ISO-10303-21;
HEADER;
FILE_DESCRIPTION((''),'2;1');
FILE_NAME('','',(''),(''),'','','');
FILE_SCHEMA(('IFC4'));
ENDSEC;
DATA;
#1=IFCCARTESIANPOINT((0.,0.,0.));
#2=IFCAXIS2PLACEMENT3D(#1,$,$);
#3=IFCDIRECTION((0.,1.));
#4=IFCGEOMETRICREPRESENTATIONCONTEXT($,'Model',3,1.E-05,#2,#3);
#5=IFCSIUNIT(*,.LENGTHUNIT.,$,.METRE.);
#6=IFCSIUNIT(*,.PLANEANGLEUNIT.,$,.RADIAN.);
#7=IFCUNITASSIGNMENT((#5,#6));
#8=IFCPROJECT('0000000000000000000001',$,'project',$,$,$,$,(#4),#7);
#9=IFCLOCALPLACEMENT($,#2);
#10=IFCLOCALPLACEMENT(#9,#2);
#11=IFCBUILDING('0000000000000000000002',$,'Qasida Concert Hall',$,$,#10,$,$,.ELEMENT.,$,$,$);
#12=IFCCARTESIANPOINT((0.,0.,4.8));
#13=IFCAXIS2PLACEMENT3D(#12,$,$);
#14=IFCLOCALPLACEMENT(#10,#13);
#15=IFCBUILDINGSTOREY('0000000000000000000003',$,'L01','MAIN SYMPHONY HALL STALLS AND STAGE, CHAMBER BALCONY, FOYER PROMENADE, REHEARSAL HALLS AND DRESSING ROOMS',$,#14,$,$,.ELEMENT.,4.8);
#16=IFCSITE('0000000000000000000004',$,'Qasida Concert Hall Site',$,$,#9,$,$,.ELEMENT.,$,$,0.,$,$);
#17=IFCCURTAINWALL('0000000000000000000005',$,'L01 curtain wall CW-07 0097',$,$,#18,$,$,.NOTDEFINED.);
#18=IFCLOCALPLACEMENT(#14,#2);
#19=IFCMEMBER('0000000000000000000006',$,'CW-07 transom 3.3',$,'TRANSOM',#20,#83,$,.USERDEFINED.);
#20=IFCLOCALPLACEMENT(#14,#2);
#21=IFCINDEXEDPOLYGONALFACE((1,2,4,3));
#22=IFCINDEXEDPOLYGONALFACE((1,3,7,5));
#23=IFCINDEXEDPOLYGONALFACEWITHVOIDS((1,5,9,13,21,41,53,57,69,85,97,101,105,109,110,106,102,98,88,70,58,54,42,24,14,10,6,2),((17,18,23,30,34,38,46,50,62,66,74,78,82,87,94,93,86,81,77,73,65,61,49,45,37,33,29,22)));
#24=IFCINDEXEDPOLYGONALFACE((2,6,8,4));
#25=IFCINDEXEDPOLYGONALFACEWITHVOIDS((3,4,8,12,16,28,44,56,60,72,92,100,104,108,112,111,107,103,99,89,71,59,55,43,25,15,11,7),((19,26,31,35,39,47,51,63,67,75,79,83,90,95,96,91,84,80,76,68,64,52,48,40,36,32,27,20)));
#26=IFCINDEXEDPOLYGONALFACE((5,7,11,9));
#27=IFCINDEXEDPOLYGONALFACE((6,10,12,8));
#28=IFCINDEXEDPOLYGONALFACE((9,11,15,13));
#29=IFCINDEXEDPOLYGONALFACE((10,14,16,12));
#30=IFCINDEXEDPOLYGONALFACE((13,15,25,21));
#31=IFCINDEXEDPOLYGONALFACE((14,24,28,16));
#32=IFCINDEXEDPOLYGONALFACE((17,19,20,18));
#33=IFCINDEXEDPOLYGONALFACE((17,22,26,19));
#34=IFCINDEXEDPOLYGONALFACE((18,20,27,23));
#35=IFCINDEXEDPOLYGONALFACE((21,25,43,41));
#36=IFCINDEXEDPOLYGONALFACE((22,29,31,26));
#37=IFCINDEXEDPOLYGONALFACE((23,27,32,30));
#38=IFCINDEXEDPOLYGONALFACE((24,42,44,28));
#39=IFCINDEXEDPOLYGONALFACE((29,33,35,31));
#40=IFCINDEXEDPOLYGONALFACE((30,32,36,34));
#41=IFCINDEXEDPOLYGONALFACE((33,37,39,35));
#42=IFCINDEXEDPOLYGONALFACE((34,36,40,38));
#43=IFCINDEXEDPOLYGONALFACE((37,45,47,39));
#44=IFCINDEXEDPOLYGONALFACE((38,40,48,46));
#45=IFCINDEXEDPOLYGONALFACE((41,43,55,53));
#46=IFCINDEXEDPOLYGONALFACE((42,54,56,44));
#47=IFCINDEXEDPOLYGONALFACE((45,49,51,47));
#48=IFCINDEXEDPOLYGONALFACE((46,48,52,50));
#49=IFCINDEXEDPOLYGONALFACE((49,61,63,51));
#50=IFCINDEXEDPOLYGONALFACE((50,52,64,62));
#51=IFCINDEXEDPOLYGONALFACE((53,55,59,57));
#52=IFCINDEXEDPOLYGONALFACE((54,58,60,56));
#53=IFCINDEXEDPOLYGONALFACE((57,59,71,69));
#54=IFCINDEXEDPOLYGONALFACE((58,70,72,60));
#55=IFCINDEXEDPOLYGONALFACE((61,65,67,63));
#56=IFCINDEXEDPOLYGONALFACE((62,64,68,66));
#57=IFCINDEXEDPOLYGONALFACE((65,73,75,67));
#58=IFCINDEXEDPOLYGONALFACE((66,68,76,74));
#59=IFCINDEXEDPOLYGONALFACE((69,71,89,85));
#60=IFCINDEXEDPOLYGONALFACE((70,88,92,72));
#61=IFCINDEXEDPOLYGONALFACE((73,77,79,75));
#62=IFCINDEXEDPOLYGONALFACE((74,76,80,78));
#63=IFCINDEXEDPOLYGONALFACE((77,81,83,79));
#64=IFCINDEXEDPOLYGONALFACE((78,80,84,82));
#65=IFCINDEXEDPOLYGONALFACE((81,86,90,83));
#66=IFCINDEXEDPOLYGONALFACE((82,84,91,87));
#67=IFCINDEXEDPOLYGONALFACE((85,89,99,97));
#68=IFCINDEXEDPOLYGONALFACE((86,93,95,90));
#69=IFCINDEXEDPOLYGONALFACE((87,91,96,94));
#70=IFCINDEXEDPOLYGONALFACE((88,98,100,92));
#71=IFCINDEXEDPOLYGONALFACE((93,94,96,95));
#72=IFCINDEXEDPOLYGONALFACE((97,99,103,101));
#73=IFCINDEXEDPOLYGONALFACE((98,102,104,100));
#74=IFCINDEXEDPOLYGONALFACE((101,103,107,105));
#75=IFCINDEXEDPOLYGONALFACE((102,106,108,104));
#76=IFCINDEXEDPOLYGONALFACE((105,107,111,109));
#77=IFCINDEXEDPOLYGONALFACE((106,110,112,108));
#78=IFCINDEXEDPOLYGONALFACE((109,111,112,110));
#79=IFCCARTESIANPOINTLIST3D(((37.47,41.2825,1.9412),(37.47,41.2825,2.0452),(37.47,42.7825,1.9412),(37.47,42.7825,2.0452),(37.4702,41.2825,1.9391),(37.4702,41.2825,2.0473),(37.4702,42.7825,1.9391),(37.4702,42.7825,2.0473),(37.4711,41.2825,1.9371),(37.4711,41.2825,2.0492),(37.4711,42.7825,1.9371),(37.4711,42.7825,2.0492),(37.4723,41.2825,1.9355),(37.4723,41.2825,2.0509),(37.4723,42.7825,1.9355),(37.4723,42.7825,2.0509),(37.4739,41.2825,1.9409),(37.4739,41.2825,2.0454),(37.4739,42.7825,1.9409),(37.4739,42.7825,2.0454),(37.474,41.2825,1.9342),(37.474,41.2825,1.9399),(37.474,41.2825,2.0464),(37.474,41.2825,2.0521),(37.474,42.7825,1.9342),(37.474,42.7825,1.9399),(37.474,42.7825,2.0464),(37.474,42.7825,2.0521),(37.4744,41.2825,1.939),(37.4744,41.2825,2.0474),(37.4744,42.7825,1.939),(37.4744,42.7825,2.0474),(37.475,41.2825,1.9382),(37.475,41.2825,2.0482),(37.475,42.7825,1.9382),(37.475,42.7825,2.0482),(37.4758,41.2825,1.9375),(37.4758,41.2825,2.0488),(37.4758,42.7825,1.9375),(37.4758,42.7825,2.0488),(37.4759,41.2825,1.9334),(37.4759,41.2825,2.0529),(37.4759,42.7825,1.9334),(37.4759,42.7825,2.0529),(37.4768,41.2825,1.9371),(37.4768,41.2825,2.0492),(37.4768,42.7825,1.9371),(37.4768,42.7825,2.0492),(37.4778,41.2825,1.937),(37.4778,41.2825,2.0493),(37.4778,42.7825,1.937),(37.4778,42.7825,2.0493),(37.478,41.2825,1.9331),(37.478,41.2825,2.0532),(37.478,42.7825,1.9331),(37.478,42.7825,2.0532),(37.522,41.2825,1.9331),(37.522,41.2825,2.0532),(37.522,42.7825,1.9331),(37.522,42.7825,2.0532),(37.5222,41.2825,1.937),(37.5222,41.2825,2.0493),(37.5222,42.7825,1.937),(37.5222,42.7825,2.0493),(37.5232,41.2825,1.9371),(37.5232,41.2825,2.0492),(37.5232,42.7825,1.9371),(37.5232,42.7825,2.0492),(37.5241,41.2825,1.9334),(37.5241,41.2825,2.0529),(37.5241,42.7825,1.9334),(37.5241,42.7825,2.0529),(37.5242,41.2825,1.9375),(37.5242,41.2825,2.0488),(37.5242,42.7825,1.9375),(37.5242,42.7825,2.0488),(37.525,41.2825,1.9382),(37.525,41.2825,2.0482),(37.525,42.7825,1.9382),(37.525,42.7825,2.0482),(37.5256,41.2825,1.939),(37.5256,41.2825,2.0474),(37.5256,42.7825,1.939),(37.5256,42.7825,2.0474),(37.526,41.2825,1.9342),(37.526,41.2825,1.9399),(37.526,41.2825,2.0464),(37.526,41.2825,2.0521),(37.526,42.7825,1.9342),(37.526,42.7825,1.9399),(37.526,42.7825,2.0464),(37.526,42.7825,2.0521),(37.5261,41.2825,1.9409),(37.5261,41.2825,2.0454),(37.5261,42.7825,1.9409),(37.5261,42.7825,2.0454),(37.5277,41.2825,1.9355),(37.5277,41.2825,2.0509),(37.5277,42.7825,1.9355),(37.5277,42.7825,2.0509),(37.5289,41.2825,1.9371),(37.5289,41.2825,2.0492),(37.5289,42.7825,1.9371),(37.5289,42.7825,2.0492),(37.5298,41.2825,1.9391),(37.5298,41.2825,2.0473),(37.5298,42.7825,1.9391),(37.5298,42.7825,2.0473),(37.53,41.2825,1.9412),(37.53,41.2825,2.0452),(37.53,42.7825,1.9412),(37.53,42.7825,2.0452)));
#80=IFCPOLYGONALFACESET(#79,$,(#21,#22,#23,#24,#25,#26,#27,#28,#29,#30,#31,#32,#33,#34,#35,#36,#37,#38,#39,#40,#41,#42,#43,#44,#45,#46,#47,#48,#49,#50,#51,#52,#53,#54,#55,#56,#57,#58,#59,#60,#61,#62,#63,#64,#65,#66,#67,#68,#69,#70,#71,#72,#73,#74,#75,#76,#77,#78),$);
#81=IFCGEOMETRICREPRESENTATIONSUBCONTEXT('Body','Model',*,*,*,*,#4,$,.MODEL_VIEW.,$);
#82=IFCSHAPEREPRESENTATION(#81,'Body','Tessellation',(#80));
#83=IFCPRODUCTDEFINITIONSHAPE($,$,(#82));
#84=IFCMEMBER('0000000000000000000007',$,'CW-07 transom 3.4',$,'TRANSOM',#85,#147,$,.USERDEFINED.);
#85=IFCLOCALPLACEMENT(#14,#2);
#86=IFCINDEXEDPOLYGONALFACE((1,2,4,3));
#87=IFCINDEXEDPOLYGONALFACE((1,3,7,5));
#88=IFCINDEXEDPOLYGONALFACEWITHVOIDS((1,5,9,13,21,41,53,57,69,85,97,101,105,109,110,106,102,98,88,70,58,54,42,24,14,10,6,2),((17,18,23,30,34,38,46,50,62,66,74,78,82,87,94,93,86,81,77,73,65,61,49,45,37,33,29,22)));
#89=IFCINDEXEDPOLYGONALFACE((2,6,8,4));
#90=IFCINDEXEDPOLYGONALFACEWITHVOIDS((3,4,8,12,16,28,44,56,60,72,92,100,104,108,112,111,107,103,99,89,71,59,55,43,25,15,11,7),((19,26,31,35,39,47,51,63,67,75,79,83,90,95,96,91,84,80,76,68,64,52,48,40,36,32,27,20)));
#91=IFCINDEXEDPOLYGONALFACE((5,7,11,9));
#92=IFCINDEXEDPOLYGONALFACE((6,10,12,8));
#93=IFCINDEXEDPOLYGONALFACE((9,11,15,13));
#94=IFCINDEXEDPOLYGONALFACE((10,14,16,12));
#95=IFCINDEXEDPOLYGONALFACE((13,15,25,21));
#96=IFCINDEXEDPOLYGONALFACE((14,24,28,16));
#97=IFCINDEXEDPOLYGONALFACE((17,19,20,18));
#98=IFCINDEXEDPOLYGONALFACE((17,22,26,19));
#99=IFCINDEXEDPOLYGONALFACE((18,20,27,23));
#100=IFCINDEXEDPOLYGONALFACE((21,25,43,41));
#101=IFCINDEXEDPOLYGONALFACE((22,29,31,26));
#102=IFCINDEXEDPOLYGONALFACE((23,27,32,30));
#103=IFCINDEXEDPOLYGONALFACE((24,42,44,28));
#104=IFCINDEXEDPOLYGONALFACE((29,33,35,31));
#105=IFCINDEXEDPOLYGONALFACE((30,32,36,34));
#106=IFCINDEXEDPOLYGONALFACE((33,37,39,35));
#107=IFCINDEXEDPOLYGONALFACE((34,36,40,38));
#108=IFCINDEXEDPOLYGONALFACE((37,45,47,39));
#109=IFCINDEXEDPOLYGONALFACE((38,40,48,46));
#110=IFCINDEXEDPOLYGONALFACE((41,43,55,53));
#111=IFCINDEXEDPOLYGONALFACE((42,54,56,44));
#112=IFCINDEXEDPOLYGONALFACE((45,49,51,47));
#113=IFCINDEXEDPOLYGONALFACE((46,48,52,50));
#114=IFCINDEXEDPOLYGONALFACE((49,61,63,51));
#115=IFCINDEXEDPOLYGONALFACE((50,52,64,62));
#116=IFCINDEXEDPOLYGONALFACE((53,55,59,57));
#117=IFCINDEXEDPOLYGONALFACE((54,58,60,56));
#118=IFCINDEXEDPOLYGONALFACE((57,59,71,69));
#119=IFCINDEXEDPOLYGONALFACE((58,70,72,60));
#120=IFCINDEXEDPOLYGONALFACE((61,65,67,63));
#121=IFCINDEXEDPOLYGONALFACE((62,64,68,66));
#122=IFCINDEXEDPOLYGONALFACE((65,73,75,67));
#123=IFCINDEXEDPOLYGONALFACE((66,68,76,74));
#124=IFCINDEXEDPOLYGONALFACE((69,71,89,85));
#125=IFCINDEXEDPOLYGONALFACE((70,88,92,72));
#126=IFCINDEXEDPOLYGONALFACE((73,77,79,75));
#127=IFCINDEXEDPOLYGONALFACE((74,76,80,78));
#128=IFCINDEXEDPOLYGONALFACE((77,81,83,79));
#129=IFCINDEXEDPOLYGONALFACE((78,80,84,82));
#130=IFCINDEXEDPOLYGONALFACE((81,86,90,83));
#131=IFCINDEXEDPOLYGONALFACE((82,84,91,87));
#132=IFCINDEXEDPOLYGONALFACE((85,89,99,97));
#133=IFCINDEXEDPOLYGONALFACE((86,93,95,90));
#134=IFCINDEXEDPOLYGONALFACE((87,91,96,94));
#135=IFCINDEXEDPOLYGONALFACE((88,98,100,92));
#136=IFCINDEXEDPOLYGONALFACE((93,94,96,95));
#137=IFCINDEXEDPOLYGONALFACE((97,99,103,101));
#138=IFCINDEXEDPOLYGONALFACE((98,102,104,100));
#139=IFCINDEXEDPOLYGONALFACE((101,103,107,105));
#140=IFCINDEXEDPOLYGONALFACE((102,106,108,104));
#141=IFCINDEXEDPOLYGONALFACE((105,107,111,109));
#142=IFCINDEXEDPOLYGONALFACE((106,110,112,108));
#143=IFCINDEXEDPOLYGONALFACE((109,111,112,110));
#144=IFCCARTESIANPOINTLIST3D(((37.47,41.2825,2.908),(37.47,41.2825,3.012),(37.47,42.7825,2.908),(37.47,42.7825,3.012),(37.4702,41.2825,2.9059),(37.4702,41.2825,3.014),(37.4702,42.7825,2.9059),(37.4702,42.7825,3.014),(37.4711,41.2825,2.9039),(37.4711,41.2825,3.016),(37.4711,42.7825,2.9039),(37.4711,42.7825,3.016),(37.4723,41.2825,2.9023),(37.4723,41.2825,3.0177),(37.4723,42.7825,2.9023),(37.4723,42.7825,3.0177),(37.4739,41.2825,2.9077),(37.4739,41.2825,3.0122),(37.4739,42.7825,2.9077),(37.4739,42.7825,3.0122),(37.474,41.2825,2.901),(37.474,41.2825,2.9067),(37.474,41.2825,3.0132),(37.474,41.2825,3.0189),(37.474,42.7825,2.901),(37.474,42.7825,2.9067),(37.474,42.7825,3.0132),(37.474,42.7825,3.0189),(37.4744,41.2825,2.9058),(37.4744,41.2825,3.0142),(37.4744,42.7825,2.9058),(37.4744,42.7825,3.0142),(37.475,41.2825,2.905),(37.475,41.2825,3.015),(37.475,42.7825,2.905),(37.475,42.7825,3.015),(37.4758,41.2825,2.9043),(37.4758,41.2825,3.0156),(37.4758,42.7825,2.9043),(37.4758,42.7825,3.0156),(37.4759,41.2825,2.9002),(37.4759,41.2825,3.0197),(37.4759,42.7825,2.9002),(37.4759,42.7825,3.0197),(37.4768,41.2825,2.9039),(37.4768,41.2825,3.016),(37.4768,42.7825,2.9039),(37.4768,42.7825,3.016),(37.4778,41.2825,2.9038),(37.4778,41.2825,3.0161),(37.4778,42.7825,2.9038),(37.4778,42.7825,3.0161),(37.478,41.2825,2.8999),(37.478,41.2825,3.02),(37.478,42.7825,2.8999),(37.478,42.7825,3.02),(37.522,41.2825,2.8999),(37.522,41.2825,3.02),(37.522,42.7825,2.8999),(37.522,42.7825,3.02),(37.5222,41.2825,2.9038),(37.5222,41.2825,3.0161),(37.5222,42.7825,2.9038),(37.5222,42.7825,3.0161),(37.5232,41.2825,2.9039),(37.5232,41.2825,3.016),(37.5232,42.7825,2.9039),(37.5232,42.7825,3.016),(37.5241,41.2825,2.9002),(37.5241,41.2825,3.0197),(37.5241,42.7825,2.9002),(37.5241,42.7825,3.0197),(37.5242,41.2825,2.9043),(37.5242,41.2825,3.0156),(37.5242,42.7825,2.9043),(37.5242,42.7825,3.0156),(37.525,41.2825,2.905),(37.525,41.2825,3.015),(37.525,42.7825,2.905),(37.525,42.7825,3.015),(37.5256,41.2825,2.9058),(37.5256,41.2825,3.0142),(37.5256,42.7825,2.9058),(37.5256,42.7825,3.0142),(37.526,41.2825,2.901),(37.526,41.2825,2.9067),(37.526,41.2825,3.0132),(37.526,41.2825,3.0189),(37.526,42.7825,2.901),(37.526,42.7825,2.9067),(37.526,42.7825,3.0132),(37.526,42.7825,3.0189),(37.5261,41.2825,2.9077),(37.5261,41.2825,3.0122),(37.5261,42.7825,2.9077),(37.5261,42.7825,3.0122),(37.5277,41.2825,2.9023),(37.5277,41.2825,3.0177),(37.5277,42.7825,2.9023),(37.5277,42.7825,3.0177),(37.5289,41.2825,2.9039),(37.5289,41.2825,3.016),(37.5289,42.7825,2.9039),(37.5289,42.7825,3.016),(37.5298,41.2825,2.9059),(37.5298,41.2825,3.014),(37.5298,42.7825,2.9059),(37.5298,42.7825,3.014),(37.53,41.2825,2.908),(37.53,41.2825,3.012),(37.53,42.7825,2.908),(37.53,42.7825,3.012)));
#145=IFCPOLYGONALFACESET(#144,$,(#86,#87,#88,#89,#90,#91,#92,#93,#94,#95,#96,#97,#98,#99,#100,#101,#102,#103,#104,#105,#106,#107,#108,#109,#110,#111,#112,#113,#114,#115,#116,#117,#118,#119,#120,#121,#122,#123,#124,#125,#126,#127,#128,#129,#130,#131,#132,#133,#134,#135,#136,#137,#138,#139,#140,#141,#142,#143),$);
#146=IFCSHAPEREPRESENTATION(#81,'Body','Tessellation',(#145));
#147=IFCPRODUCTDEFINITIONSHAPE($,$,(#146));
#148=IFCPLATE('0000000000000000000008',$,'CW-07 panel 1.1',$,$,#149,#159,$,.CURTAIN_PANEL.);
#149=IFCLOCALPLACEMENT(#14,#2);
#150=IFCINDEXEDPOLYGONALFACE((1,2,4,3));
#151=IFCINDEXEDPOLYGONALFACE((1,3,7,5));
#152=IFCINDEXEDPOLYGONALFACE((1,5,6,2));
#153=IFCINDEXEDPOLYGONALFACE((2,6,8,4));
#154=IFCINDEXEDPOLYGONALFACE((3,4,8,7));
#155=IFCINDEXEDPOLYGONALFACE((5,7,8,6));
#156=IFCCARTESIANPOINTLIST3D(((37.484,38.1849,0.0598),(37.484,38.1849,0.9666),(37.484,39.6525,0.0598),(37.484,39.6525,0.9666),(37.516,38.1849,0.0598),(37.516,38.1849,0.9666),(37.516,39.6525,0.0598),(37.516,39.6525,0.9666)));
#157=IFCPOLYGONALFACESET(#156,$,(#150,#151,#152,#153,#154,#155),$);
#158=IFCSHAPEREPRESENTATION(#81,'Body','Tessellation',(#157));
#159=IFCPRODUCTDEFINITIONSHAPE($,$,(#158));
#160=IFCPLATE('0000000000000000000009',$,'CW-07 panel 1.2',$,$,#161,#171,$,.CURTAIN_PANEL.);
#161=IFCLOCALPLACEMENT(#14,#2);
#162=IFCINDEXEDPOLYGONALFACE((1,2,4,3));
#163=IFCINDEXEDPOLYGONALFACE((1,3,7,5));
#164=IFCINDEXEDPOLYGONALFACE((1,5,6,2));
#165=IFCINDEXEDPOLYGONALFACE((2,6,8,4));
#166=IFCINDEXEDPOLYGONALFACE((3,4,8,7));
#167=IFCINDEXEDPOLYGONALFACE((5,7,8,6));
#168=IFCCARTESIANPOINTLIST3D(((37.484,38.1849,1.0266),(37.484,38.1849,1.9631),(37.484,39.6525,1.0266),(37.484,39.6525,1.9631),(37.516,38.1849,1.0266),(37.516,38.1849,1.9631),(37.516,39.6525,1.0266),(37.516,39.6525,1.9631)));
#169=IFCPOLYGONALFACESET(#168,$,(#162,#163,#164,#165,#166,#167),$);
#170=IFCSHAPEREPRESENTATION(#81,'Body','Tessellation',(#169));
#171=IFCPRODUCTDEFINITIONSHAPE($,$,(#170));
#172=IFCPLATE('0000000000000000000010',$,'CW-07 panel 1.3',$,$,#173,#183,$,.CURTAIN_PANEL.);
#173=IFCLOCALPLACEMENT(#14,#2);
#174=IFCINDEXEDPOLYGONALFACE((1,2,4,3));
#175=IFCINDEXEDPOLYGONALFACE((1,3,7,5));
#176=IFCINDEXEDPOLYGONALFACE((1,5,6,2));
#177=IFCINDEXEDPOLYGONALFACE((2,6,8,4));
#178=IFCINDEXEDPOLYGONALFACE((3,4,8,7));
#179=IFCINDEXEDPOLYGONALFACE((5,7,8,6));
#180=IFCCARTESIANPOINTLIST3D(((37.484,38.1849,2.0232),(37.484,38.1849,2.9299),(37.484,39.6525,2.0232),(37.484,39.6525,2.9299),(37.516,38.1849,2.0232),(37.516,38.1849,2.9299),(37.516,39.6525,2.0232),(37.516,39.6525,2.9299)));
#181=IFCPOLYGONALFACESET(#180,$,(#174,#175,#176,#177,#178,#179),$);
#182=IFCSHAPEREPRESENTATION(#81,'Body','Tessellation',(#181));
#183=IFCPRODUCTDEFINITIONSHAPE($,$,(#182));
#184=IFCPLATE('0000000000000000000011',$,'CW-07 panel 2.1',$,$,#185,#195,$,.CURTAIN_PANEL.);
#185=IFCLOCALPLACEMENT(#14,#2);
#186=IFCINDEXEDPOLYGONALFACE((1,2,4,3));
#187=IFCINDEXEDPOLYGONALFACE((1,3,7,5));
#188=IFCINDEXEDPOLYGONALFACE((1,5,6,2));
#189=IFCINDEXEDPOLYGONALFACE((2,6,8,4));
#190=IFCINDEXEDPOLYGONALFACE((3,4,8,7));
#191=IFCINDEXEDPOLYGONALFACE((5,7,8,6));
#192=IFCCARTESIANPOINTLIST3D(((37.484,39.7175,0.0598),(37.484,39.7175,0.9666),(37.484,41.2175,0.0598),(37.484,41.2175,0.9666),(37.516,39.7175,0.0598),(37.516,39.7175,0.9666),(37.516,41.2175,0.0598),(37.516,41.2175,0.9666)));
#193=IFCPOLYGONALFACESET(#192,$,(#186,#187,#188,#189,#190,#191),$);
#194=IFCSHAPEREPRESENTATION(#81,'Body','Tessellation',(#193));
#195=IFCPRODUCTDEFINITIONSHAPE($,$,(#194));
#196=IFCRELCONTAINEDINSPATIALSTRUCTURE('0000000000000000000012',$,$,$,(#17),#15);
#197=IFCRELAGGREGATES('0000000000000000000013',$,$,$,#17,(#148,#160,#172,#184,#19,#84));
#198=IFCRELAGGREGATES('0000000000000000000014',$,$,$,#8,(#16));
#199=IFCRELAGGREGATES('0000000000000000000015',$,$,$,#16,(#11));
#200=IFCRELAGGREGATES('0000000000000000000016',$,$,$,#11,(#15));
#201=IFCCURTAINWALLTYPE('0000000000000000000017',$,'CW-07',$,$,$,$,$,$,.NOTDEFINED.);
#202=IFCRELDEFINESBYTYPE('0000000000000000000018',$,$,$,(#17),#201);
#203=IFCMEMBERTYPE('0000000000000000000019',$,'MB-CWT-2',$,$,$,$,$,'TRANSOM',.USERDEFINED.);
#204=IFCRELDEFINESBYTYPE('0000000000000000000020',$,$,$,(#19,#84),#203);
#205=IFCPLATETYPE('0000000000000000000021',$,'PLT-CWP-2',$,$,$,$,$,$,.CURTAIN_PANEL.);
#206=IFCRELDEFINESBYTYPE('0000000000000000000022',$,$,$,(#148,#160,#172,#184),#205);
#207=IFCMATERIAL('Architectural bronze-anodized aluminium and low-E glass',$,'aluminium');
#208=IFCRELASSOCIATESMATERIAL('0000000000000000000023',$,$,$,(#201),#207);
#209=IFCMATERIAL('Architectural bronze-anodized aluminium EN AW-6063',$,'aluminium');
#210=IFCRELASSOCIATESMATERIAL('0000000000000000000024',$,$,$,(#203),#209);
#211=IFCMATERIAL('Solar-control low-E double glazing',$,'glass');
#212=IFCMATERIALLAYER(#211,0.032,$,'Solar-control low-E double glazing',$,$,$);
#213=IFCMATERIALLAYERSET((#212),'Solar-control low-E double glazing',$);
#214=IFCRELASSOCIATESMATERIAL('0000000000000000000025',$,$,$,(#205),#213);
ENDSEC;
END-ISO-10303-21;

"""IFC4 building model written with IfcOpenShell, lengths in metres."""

from ifc_helpers import new_model, si_unit, direction, frame, origin, origin_2d, place, context, subcontext, project, spatial, rectangle, hollow_rectangle, extrude, material, layer, layer_set, material_profile, profile_set, type_object, element, aggregate, save


model = new_model("IFC4")

# Units and contexts
model_context = context("Model", 3, precision=1e-05, world=origin(), true_north=direction((0.0, 1.0)))
body_context = subcontext(model_context, "Body", "Model", "MODEL_VIEW")
ifc_project = project(units=[si_unit("LENGTHUNIT", "METRE"), si_unit("PLANEANGLEUNIT", "RADIAN")], contexts=[model_context])

# Site, building, storey
site_placement = place(None, origin())
site = spatial("IfcSite", under=ifc_project, at=site_placement, Name="Qasida Concert Hall Site", CompositionType="ELEMENT", RefElevation=0.0)
building_placement = place(site_placement, origin())
building = spatial("IfcBuilding", under=site, at=building_placement, Name="Qasida Concert Hall", CompositionType="ELEMENT")
storey_placement = place(building_placement, frame((0.0, 0.0, 4.8)))
storey = spatial("IfcBuildingStorey", under=building, at=storey_placement, Name="L01", Description="MAIN SYMPHONY HALL STALLS AND STAGE, CHAMBER BALCONY, FOYER PROMENADE, REHEARSAL HALLS AND DRESSING ROOMS", CompositionType="ELEMENT", Elevation=4.8)

# Curtain wall, members, plates
ifc_material_1 = material(Name="Architectural bronze-anodized aluminium and low-E glass", Category="aluminium")
curtain_wall_type = type_object("IfcCurtainWallType", Name="CW-07", PredefinedType="NOTDEFINED", material=ifc_material_1)
curtain_wall_placement = place(storey_placement, origin())
curtain_wall = element("IfcCurtainWall", 1, at=curtain_wall_placement, inside=storey, type_object=curtain_wall_type, Name="L01 curtain wall CW-07 0097", PredefinedType="NOTDEFINED")
ifc_material_2 = material(Name="Architectural bronze-anodized aluminium EN AW-6063", Category="aluminium")
ifc_material_profile_1 = material_profile(ifc_material_2, hollow_rectangle(XDim=0.0601, YDim=0.1201, WallThickness=0.0039, InnerFilletRadius=0.0039, OuterFilletRadius=0.0081, at=origin_2d()), Name="CWT 120x60x4")
ifc_profile_set_1 = profile_set([ifc_material_profile_1], Name="Architectural bronze-anodized aluminium EN AW-6063")
member_type_1 = type_object("IfcMemberType", Name="MB-CWT-2", ElementType="TRANSOM", PredefinedType="USERDEFINED", material=ifc_profile_set_1)
member_1_placement = place(storey_placement, frame((37.5, 41.2825, 1.9932), z_axis=(0.0, 1.0, 0.0), x_axis=(-1.0, 0.0, 0.0)))
member_1 = element("IfcMember", 2, at=member_1_placement, type_object=member_type_1, Name="CW-07 transom 3.3", ObjectType="TRANSOM", PredefinedType="USERDEFINED", context=body_context, shape_type="SweptSolid", body=[
    extrude(hollow_rectangle(XDim=0.0601, YDim=0.1201, WallThickness=0.0039, InnerFilletRadius=0.0039, OuterFilletRadius=0.0081, at=origin_2d()), origin(), (0.0, 0.0, 1.0), 1.5),
])
member_2_placement = place(storey_placement, frame((37.5, 41.2825, 2.96), z_axis=(0.0, 1.0, 0.0), x_axis=(-1.0, 0.0, 0.0)))
member_2 = element("IfcMember", 3, at=member_2_placement, type_object=member_type_1, Name="CW-07 transom 3.4", ObjectType="TRANSOM", PredefinedType="USERDEFINED", context=body_context, shape_type="SweptSolid", body=[
    extrude(hollow_rectangle(XDim=0.0601, YDim=0.1201, WallThickness=0.0039, InnerFilletRadius=0.0039, OuterFilletRadius=0.0081, at=origin_2d()), origin(), (0.0, 0.0, 1.0), 1.5),
])
ifc_material_3 = material(Name="Solar-control low-E double glazing", Category="glass")
ifc_layer = layer(ifc_material_3, 0.032, Name="Solar-control low-E double glazing")
ifc_layer_set = layer_set([ifc_layer], Name="Solar-control low-E double glazing")
plate_type = type_object("IfcPlateType", Name="PLT-CWP-2", PredefinedType="CURTAIN_PANEL", material=ifc_layer_set)
plate_1_placement = place(storey_placement, frame((37.5, 38.9187, 0.0598), z_axis=(0.0, 0.0, 1.0), x_axis=(0.0, 1.0, 0.0)))
plate_1 = element("IfcPlate", 4, at=plate_1_placement, type_object=plate_type, Name="CW-07 panel 1.1", PredefinedType="CURTAIN_PANEL", context=body_context, shape_type="SweptSolid", body=[
    extrude(rectangle(XDim=1.4675, YDim=0.032, at=origin_2d()), origin(), (0.0, 0.0, 1.0), 0.9067),
])
plate_2_placement = place(storey_placement, frame((37.5, 38.9187, 1.0266), z_axis=(0.0, 0.0, 1.0), x_axis=(0.0, 1.0, 0.0)))
plate_2 = element("IfcPlate", 5, at=plate_2_placement, type_object=plate_type, Name="CW-07 panel 1.2", PredefinedType="CURTAIN_PANEL", context=body_context, shape_type="SweptSolid", body=[
    extrude(rectangle(XDim=1.4675, YDim=0.032, at=origin_2d()), origin(), (0.0, 0.0, 1.0), 0.9365),
])
plate_3_placement = place(storey_placement, frame((37.5, 38.9187, 2.0232), z_axis=(0.0, 0.0, 1.0), x_axis=(0.0, 1.0, 0.0)))
plate_3 = element("IfcPlate", 6, at=plate_3_placement, type_object=plate_type, Name="CW-07 panel 1.3", PredefinedType="CURTAIN_PANEL", context=body_context, shape_type="SweptSolid", body=[
    extrude(rectangle(XDim=1.4675, YDim=0.032, at=origin_2d()), origin(), (0.0, 0.0, 1.0), 0.9067),
])
plate_4_placement = place(storey_placement, frame((37.5, 40.4675, 0.0598), z_axis=(0.0, 0.0, 1.0), x_axis=(0.0, 1.0, 0.0)))
plate_4 = element("IfcPlate", 7, at=plate_4_placement, type_object=plate_type, Name="CW-07 panel 2.1", PredefinedType="CURTAIN_PANEL", context=body_context, shape_type="SweptSolid", body=[
    extrude(rectangle(XDim=1.5, YDim=0.032, at=origin_2d()), origin(), (0.0, 0.0, 1.0), 0.9067),
])
aggregate(curtain_wall, [plate_1, plate_2, plate_3, plate_4, member_1, member_2])

save(model, "model.ifc")
